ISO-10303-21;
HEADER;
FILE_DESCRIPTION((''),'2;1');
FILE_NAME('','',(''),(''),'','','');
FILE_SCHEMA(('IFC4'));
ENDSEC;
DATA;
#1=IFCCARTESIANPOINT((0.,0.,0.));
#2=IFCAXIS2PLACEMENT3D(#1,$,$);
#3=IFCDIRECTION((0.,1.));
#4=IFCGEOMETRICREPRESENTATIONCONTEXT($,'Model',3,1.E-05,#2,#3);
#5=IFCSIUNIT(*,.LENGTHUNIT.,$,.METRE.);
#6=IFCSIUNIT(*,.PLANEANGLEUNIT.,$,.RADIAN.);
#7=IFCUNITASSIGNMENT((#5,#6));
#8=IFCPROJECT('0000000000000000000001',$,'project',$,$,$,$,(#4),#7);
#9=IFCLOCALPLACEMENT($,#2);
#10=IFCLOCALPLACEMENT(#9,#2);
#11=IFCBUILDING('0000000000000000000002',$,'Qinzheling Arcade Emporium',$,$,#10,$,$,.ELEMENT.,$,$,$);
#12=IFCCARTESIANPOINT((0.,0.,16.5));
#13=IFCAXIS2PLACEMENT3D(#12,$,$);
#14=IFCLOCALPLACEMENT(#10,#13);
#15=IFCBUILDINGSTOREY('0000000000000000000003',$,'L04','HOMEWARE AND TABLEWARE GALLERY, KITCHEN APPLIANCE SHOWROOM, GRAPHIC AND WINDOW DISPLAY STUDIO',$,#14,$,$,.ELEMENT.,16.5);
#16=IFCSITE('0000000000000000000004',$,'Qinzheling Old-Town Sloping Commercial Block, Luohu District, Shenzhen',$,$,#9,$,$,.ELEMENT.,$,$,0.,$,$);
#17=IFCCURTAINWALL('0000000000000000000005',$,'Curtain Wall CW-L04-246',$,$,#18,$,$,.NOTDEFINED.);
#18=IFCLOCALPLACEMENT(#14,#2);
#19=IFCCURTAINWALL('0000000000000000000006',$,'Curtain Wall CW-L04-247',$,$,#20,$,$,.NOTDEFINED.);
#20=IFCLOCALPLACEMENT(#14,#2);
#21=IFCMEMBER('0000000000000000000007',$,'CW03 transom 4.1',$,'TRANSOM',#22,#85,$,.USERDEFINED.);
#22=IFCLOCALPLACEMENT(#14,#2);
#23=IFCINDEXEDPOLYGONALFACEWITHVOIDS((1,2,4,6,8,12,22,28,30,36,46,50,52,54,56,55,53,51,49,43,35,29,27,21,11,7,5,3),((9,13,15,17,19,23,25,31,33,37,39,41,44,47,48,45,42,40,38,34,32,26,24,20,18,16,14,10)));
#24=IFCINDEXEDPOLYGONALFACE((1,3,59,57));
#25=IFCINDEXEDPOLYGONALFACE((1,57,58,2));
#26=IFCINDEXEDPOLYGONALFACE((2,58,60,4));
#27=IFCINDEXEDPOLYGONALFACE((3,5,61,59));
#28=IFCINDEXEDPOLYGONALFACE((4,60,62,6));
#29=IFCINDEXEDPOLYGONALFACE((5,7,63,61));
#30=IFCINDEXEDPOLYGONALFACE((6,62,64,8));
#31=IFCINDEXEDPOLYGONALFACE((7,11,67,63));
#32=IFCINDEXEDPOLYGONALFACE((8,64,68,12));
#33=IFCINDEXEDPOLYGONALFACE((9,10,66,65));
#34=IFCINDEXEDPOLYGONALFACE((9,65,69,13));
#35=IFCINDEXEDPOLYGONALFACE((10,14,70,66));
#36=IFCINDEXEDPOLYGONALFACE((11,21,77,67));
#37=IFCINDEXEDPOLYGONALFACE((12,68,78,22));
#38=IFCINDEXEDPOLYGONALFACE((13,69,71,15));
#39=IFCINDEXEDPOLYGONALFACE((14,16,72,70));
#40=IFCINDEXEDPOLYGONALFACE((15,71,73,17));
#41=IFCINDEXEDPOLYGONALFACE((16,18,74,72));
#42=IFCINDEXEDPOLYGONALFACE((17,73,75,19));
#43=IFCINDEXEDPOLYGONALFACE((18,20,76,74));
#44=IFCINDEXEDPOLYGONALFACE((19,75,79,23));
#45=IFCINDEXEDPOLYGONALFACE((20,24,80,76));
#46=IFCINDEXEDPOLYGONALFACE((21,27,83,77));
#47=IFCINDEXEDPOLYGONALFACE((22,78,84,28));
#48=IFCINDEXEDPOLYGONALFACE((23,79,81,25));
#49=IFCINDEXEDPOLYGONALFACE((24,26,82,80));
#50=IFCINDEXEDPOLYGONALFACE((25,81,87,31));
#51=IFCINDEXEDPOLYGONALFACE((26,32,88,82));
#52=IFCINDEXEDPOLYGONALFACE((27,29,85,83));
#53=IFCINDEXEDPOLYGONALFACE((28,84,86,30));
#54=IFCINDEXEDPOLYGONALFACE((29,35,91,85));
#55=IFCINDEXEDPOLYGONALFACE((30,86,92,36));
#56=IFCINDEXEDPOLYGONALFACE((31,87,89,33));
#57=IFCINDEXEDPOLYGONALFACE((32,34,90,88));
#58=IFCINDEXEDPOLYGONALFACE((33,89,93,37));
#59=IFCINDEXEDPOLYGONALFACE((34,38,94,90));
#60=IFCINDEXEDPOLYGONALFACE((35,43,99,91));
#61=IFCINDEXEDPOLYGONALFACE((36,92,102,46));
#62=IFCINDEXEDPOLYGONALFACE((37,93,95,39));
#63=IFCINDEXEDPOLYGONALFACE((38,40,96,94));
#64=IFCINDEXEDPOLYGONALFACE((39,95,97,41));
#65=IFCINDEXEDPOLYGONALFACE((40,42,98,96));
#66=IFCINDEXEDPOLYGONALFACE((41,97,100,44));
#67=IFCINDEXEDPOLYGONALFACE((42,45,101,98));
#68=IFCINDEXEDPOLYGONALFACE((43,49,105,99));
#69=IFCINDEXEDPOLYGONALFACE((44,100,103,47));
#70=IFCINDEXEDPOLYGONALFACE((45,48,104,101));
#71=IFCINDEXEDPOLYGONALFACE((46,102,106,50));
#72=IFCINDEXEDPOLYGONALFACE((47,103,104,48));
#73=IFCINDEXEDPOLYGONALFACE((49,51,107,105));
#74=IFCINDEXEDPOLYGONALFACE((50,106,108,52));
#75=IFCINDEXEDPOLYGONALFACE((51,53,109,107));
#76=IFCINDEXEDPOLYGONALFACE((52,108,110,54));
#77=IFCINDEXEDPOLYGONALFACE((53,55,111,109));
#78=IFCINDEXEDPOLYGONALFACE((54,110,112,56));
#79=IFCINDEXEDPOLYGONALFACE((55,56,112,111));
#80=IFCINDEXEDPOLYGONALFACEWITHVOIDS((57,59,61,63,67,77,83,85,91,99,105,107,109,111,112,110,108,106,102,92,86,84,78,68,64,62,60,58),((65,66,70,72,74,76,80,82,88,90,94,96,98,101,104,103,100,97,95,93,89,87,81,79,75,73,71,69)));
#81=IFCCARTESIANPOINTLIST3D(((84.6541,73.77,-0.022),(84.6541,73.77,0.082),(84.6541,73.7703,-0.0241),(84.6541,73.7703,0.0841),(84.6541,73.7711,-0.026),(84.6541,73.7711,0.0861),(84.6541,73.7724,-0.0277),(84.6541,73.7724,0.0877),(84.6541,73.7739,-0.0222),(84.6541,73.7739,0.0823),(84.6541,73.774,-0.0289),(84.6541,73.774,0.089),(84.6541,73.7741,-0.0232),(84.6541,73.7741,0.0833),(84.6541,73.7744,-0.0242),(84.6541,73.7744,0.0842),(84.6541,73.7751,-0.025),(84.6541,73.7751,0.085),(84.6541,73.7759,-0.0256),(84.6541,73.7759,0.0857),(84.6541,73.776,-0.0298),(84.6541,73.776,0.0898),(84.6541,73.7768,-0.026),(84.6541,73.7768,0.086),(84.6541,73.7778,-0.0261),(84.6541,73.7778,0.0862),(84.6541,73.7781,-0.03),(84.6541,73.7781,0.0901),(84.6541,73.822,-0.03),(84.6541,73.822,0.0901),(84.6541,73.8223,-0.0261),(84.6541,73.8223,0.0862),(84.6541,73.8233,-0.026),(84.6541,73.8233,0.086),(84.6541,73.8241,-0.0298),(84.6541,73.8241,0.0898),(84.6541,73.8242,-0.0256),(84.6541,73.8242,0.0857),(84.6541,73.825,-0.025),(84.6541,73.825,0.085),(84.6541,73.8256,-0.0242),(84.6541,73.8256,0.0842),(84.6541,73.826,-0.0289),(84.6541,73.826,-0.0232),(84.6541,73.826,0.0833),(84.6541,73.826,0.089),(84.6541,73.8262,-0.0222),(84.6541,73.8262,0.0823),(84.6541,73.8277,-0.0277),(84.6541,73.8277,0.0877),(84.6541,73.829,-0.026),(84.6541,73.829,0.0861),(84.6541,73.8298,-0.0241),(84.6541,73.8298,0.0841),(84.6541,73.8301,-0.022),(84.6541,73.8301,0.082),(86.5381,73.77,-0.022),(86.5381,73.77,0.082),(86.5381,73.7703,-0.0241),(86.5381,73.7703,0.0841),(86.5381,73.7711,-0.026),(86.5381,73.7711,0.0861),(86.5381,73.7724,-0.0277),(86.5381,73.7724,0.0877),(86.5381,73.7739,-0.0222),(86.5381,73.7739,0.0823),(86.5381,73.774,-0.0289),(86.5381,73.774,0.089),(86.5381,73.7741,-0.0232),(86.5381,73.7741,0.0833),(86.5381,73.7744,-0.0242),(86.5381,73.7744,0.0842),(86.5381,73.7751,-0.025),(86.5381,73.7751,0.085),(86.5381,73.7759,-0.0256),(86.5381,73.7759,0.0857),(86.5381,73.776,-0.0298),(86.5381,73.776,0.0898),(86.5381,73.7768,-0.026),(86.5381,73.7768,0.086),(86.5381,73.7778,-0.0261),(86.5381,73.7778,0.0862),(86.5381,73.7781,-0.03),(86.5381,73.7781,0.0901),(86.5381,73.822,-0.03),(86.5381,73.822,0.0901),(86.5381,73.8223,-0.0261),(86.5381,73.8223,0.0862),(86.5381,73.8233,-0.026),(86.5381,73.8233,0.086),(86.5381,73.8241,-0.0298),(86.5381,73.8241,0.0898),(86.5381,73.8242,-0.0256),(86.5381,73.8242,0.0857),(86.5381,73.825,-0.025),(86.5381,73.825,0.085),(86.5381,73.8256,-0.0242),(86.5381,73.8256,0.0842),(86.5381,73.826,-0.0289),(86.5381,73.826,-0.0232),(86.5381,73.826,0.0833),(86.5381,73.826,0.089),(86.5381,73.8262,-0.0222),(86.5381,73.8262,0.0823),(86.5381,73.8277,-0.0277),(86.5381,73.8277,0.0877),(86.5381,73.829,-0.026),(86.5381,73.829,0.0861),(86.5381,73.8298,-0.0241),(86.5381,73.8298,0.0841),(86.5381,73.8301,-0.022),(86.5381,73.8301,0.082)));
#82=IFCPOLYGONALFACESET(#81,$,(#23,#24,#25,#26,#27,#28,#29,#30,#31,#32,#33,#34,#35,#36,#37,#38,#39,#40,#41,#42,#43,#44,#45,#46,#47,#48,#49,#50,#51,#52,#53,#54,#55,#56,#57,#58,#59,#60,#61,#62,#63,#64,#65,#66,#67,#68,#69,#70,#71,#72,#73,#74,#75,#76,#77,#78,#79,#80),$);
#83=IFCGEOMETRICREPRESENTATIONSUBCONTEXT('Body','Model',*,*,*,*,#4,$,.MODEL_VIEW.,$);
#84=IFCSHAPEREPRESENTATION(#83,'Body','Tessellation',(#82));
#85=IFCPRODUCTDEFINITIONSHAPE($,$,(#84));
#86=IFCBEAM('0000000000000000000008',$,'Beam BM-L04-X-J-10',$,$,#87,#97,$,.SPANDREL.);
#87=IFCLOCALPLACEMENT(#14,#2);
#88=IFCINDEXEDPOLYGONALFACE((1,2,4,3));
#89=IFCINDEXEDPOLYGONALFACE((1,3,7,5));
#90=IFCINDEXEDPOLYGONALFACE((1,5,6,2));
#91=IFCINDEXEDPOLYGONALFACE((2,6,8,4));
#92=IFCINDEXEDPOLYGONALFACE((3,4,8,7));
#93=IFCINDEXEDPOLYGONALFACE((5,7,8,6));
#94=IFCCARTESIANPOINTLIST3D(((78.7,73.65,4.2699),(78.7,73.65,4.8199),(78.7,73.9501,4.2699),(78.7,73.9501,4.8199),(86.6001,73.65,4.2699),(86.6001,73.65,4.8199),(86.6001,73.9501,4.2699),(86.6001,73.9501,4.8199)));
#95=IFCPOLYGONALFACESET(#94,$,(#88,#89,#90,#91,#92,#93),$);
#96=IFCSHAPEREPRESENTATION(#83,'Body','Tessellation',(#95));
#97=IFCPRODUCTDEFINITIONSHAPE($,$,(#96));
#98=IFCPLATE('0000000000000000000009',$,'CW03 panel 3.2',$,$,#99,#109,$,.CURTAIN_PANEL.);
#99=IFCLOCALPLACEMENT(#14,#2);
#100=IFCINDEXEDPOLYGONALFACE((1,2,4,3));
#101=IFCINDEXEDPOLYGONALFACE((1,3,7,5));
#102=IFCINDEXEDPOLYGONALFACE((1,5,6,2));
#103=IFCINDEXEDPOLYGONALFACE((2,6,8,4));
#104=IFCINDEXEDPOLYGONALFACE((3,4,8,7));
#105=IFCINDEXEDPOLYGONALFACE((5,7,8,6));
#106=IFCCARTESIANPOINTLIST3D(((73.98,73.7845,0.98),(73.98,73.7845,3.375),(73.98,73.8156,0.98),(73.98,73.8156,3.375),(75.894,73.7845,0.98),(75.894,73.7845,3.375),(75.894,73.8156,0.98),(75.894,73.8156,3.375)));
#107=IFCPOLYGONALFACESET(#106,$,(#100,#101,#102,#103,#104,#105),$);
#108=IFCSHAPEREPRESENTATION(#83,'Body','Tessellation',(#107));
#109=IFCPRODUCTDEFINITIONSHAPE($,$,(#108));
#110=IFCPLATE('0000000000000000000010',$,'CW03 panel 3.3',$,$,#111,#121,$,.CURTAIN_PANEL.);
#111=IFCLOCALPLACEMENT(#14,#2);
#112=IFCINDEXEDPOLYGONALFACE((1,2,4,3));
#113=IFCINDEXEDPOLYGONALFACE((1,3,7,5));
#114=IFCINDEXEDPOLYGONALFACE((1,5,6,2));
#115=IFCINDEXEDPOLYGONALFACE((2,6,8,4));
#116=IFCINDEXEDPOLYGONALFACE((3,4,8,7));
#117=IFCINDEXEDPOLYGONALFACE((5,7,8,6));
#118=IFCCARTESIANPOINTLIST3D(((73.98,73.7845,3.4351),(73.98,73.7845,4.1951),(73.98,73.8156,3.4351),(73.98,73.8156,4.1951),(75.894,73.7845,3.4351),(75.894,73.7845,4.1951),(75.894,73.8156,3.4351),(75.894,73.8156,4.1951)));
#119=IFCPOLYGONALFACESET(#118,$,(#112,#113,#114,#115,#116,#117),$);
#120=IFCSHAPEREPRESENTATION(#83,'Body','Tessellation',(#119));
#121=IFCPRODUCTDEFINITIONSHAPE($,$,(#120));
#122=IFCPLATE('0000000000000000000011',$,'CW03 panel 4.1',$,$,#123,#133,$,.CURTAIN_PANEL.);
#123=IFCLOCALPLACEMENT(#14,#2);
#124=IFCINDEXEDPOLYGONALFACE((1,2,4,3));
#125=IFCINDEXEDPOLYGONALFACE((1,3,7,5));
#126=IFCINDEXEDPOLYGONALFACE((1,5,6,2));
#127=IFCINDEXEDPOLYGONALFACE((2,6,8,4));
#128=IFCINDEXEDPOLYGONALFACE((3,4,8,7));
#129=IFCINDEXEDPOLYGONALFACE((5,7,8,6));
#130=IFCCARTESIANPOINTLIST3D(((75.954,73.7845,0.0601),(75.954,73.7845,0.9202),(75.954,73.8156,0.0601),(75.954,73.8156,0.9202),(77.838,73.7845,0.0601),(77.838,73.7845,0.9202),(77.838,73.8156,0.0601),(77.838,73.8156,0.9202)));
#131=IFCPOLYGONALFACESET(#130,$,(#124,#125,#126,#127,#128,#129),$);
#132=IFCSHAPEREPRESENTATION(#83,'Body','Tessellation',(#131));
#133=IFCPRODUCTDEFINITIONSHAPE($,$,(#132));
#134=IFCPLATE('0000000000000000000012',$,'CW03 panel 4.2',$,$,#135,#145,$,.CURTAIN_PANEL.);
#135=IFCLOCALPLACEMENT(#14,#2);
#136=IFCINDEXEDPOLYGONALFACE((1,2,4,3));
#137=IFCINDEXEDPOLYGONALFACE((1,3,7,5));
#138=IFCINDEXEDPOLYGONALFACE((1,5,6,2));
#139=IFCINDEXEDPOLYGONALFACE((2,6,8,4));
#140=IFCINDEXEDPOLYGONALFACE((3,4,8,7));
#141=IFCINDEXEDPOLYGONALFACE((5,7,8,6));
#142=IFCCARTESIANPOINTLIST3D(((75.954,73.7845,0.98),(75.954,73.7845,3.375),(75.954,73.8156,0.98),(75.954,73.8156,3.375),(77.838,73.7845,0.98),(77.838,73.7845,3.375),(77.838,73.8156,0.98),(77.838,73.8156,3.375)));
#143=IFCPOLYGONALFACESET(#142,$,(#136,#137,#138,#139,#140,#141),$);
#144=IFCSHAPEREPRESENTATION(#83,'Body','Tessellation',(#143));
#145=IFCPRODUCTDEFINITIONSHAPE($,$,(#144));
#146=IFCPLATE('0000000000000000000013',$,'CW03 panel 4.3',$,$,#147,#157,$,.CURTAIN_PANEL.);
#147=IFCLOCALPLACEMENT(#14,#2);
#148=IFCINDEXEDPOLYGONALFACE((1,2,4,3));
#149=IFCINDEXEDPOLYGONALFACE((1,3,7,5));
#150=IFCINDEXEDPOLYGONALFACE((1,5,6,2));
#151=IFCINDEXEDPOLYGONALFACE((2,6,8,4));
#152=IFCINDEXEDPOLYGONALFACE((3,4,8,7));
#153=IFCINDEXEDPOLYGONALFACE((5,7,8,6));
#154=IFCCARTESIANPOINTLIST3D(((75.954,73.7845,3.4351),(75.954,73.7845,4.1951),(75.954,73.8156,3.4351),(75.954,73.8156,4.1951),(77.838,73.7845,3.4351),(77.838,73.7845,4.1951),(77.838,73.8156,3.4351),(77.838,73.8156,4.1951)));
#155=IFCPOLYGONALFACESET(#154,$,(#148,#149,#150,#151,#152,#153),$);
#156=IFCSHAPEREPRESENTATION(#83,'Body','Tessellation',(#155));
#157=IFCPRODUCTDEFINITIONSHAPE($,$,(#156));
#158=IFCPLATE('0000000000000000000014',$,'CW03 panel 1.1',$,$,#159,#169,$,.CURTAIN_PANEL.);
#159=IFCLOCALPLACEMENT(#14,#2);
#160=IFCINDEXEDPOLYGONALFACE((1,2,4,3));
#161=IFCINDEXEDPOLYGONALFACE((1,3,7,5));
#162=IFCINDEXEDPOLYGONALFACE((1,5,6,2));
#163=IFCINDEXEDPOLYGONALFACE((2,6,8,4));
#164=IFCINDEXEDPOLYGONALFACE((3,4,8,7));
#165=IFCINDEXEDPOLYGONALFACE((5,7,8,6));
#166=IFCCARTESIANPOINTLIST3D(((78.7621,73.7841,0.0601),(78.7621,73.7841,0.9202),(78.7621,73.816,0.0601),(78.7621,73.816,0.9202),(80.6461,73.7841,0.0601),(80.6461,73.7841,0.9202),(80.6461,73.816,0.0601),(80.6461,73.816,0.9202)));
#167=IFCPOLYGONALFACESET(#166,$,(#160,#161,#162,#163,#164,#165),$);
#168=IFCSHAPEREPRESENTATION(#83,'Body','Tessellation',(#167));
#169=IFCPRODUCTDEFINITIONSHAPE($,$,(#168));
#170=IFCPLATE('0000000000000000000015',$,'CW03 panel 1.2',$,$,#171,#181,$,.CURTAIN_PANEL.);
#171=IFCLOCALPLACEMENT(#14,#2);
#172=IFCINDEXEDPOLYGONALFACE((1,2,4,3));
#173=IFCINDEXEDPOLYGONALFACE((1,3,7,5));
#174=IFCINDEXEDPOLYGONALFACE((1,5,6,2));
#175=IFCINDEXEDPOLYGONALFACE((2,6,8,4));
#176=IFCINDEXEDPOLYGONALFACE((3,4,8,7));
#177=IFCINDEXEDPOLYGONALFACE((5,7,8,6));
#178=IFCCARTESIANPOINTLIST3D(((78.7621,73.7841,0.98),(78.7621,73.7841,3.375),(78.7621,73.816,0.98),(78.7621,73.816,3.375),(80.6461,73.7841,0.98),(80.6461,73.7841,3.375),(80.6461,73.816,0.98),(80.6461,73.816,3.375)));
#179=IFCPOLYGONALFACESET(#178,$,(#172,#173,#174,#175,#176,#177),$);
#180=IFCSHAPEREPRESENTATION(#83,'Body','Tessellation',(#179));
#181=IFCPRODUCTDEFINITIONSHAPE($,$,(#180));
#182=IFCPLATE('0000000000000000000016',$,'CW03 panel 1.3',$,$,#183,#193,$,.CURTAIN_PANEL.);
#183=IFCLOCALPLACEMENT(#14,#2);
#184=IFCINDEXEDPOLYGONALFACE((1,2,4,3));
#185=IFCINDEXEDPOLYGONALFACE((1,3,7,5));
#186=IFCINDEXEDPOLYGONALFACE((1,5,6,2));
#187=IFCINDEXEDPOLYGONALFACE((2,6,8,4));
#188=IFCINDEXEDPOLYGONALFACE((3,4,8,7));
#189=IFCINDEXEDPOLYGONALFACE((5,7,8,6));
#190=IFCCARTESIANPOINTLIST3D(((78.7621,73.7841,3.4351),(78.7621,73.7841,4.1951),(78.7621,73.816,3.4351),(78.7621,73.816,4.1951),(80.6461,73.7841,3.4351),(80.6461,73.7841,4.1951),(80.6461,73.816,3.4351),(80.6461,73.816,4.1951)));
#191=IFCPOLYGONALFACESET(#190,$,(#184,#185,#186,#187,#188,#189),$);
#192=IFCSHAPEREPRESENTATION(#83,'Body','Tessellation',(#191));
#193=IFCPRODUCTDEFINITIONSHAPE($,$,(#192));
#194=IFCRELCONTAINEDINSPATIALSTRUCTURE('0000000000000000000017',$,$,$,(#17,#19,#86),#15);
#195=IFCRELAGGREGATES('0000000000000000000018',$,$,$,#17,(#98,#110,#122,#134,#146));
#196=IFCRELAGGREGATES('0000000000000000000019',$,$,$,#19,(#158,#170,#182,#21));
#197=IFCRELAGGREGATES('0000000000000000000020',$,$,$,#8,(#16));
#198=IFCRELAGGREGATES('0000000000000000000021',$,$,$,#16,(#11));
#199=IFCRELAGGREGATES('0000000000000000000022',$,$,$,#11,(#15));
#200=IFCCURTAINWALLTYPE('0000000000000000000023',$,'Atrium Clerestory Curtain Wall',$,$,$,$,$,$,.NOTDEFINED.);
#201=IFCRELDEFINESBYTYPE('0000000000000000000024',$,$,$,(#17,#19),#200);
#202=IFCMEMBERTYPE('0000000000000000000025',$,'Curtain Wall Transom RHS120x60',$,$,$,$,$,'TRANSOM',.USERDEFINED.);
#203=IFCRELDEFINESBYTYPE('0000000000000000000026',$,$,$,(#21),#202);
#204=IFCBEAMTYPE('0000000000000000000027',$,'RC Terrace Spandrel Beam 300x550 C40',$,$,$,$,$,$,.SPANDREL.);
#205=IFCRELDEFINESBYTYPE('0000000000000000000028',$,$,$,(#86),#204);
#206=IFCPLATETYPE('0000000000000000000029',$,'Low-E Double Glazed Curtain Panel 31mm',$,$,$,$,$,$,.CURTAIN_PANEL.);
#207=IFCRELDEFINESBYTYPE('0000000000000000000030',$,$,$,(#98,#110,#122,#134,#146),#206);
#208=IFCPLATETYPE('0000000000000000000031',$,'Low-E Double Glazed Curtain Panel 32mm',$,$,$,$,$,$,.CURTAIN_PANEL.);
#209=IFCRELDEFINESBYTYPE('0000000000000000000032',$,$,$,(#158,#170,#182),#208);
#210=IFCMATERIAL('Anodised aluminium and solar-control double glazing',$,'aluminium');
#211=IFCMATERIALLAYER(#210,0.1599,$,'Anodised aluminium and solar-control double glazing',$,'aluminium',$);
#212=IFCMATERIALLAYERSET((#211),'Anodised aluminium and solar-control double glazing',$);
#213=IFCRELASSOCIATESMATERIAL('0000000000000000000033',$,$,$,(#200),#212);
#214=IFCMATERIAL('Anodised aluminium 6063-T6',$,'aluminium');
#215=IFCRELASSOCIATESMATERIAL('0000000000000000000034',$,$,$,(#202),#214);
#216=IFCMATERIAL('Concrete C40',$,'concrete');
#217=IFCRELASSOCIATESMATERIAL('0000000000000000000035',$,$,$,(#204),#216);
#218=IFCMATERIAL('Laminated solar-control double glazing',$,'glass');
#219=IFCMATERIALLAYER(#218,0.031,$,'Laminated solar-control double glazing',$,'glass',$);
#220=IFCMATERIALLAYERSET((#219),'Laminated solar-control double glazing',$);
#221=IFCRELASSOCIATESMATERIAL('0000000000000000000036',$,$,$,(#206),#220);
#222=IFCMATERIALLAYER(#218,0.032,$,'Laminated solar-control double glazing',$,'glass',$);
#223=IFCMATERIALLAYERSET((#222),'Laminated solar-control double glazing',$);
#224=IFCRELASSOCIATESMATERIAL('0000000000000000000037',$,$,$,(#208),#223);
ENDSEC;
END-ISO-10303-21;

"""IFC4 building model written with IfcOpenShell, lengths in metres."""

from ifc_helpers import new_model, si_unit, direction, frame, origin, origin_2d, place, context, subcontext, project, spatial, rectangle, hollow_rectangle, extrude, material, layer, layer_set, material_profile, profile_set, type_object, element, aggregate, save


model = new_model("IFC4")

# Units and contexts
model_context = context("Model", 3, precision=1e-05, world=origin(), true_north=direction((0.0, 1.0)))
body_context = subcontext(model_context, "Body", "Model", "MODEL_VIEW")
ifc_project = project(units=[si_unit("LENGTHUNIT", "METRE"), si_unit("PLANEANGLEUNIT", "RADIAN")], contexts=[model_context])

# Site, building, storey
site_placement = place(None, origin())
site = spatial("IfcSite", under=ifc_project, at=site_placement, Name="Qinzheling Old-Town Sloping Commercial Block, Luohu District, Shenzhen", CompositionType="ELEMENT", RefElevation=0.0)
building_placement = place(site_placement, origin())
building = spatial("IfcBuilding", under=site, at=building_placement, Name="Qinzheling Arcade Emporium", CompositionType="ELEMENT")
storey_placement = place(building_placement, frame((0.0, 0.0, 16.5)))
storey = spatial("IfcBuildingStorey", under=building, at=storey_placement, Name="L04", Description="HOMEWARE AND TABLEWARE GALLERY, KITCHEN APPLIANCE SHOWROOM, GRAPHIC AND WINDOW DISPLAY STUDIO", CompositionType="ELEMENT", Elevation=16.5)

# Shared definitions
ifc_material_1 = material(Name="Concrete C40", Category="concrete")

# Curtain walls
ifc_material_2 = material(Name="Anodised aluminium and solar-control double glazing", Category="aluminium")
ifc_layer_1 = layer(ifc_material_2, 0.1599, Name="Anodised aluminium and solar-control double glazing", Category="aluminium")
ifc_layer_set_1 = layer_set([ifc_layer_1], Name="Anodised aluminium and solar-control double glazing")
curtain_wall_type = type_object("IfcCurtainWallType", Name="Atrium Clerestory Curtain Wall", PredefinedType="NOTDEFINED", material=ifc_layer_set_1)
curtain_wall_1_placement = place(storey_placement, origin())
curtain_wall_1 = element("IfcCurtainWall", 1, at=curtain_wall_1_placement, inside=storey, type_object=curtain_wall_type, Name="Curtain Wall CW-L04-246", PredefinedType="NOTDEFINED")
ifc_material_3 = material(Name="Anodised aluminium 6063-T6", Category="aluminium")
curtain_wall_2_placement = place(storey_placement, origin())
curtain_wall_2 = element("IfcCurtainWall", 2, at=curtain_wall_2_placement, inside=storey, type_object=curtain_wall_type, Name="Curtain Wall CW-L04-247", PredefinedType="NOTDEFINED")

# Member
ifc_material_profile_1 = material_profile(ifc_material_3, hollow_rectangle(XDim=0.0601, YDim=0.1201, WallThickness=0.0039, InnerFilletRadius=0.0039, OuterFilletRadius=0.0081, at=origin_2d()), Name="RHS 120x60x4", Category="aluminium")
ifc_profile_set_1 = profile_set([ifc_material_profile_1], Name="Anodised aluminium 6063-T6")
member_type_1 = type_object("IfcMemberType", Name="Curtain Wall Transom RHS120x60", ElementType="TRANSOM", PredefinedType="USERDEFINED", material=ifc_profile_set_1)
member_1_placement = place(storey_placement, frame((84.6541, 73.8, 0.03), z_axis=(1.0, 0.0, 0.0), x_axis=(0.0, 1.0, 0.0)))
member_1 = element("IfcMember", 3, at=member_1_placement, type_object=member_type_1, Name="CW03 transom 4.1", ObjectType="TRANSOM", PredefinedType="USERDEFINED", context=body_context, shape_type="SweptSolid", body=[
    extrude(hollow_rectangle(XDim=0.0601, YDim=0.1201, WallThickness=0.0039, InnerFilletRadius=0.0039, OuterFilletRadius=0.0081, at=origin_2d()), origin(), (0.0, 0.0, 1.0), 1.884),
])

# Beam
ifc_material_profile_2 = material_profile(ifc_material_1, rectangle(XDim=0.3, YDim=0.55, at=origin_2d()), Name="RC 300x550", Category="concrete")
ifc_profile_set_2 = profile_set([ifc_material_profile_2], Name="Concrete C40")
beam_type = type_object("IfcBeamType", Name="RC Terrace Spandrel Beam 300x550 C40", PredefinedType="SPANDREL", material=ifc_profile_set_2)
beam_placement = place(storey_placement, frame((78.7, 73.8, 4.5449), z_axis=(1.0, 0.0, 0.0), x_axis=(0.0, 1.0, 0.0)))
element("IfcBeam", 4, at=beam_placement, inside=storey, type_object=beam_type, Name="Beam BM-L04-X-J-10", PredefinedType="SPANDREL", context=body_context, shape_type="SweptSolid", body=[
    extrude(rectangle(XDim=0.3, YDim=0.55, at=origin_2d()), origin(), (0.0, 0.0, 1.0), 7.9001),
])

# Plates
ifc_material_4 = material(Name="Laminated solar-control double glazing", Category="glass")
ifc_layer_2 = layer(ifc_material_4, 0.031, Name="Laminated solar-control double glazing", Category="glass")
ifc_layer_set_2 = layer_set([ifc_layer_2], Name="Laminated solar-control double glazing")
plate_type_1 = type_object("IfcPlateType", Name="Low-E Double Glazed Curtain Panel 31mm", PredefinedType="CURTAIN_PANEL", material=ifc_layer_set_2)
plate_1_placement = place(storey_placement, frame((74.937, 73.8, 0.98), z_axis=(0.0, 0.0, 1.0), x_axis=(1.0, 0.0, 0.0)))
plate_1 = element("IfcPlate", 5, at=plate_1_placement, type_object=plate_type_1, Name="CW03 panel 3.2", PredefinedType="CURTAIN_PANEL", context=body_context, shape_type="SweptSolid", body=[
    extrude(rectangle(XDim=1.9141, YDim=0.031, at=origin_2d()), origin(), (0.0, 0.0, 1.0), 2.395),
])
plate_2_placement = place(storey_placement, frame((74.937, 73.8, 3.4351), z_axis=(0.0, 0.0, 1.0), x_axis=(1.0, 0.0, 0.0)))
plate_2 = element("IfcPlate", 6, at=plate_2_placement, type_object=plate_type_1, Name="CW03 panel 3.3", PredefinedType="CURTAIN_PANEL", context=body_context, shape_type="SweptSolid", body=[
    extrude(rectangle(XDim=1.9141, YDim=0.031, at=origin_2d()), origin(), (0.0, 0.0, 1.0), 0.76),
])
plate_3_placement = place(storey_placement, frame((76.896, 73.8, 0.0601), z_axis=(0.0, 0.0, 1.0), x_axis=(1.0, 0.0, 0.0)))
plate_3 = element("IfcPlate", 7, at=plate_3_placement, type_object=plate_type_1, Name="CW03 panel 4.1", PredefinedType="CURTAIN_PANEL", context=body_context, shape_type="SweptSolid", body=[
    extrude(rectangle(XDim=1.884, YDim=0.031, at=origin_2d()), origin(), (0.0, 0.0, 1.0), 0.8601),
])
plate_4_placement = place(storey_placement, frame((76.896, 73.8, 0.98), z_axis=(0.0, 0.0, 1.0), x_axis=(1.0, 0.0, 0.0)))
plate_4 = element("IfcPlate", 8, at=plate_4_placement, type_object=plate_type_1, Name="CW03 panel 4.2", PredefinedType="CURTAIN_PANEL", context=body_context, shape_type="SweptSolid", body=[
    extrude(rectangle(XDim=1.884, YDim=0.031, at=origin_2d()), origin(), (0.0, 0.0, 1.0), 2.395),
])
plate_5_placement = place(storey_placement, frame((76.896, 73.8, 3.4351), z_axis=(0.0, 0.0, 1.0), x_axis=(1.0, 0.0, 0.0)))
plate_5 = element("IfcPlate", 9, at=plate_5_placement, type_object=plate_type_1, Name="CW03 panel 4.3", PredefinedType="CURTAIN_PANEL", context=body_context, shape_type="SweptSolid", body=[
    extrude(rectangle(XDim=1.884, YDim=0.031, at=origin_2d()), origin(), (0.0, 0.0, 1.0), 0.76),
])
aggregate(curtain_wall_1, [plate_1, plate_2, plate_3, plate_4, plate_5])
ifc_layer_3 = layer(ifc_material_4, 0.032, Name="Laminated solar-control double glazing", Category="glass")
ifc_layer_set_3 = layer_set([ifc_layer_3], Name="Laminated solar-control double glazing")
plate_type_2 = type_object("IfcPlateType", Name="Low-E Double Glazed Curtain Panel 32mm", PredefinedType="CURTAIN_PANEL", material=ifc_layer_set_3)
plate_6_placement = place(storey_placement, frame((79.7041, 73.8, 0.0601), z_axis=(0.0, 0.0, 1.0), x_axis=(1.0, 0.0, 0.0)))
plate_6 = element("IfcPlate", 10, at=plate_6_placement, type_object=plate_type_2, Name="CW03 panel 1.1", PredefinedType="CURTAIN_PANEL", context=body_context, shape_type="SweptSolid", body=[
    extrude(rectangle(XDim=1.884, YDim=0.032, at=origin_2d()), origin(), (0.0, 0.0, 1.0), 0.8601),
])
plate_7_placement = place(storey_placement, frame((79.7041, 73.8, 0.98), z_axis=(0.0, 0.0, 1.0), x_axis=(1.0, 0.0, 0.0)))
plate_7 = element("IfcPlate", 11, at=plate_7_placement, type_object=plate_type_2, Name="CW03 panel 1.2", PredefinedType="CURTAIN_PANEL", context=body_context, shape_type="SweptSolid", body=[
    extrude(rectangle(XDim=1.884, YDim=0.032, at=origin_2d()), origin(), (0.0, 0.0, 1.0), 2.395),
])
plate_8_placement = place(storey_placement, frame((79.7041, 73.8, 3.4351), z_axis=(0.0, 0.0, 1.0), x_axis=(1.0, 0.0, 0.0)))
plate_8 = element("IfcPlate", 12, at=plate_8_placement, type_object=plate_type_2, Name="CW03 panel 1.3", PredefinedType="CURTAIN_PANEL", context=body_context, shape_type="SweptSolid", body=[
    extrude(rectangle(XDim=1.884, YDim=0.032, at=origin_2d()), origin(), (0.0, 0.0, 1.0), 0.76),
])
aggregate(curtain_wall_2, [plate_6, plate_7, plate_8, member_1])

save(model, "model.ifc")
